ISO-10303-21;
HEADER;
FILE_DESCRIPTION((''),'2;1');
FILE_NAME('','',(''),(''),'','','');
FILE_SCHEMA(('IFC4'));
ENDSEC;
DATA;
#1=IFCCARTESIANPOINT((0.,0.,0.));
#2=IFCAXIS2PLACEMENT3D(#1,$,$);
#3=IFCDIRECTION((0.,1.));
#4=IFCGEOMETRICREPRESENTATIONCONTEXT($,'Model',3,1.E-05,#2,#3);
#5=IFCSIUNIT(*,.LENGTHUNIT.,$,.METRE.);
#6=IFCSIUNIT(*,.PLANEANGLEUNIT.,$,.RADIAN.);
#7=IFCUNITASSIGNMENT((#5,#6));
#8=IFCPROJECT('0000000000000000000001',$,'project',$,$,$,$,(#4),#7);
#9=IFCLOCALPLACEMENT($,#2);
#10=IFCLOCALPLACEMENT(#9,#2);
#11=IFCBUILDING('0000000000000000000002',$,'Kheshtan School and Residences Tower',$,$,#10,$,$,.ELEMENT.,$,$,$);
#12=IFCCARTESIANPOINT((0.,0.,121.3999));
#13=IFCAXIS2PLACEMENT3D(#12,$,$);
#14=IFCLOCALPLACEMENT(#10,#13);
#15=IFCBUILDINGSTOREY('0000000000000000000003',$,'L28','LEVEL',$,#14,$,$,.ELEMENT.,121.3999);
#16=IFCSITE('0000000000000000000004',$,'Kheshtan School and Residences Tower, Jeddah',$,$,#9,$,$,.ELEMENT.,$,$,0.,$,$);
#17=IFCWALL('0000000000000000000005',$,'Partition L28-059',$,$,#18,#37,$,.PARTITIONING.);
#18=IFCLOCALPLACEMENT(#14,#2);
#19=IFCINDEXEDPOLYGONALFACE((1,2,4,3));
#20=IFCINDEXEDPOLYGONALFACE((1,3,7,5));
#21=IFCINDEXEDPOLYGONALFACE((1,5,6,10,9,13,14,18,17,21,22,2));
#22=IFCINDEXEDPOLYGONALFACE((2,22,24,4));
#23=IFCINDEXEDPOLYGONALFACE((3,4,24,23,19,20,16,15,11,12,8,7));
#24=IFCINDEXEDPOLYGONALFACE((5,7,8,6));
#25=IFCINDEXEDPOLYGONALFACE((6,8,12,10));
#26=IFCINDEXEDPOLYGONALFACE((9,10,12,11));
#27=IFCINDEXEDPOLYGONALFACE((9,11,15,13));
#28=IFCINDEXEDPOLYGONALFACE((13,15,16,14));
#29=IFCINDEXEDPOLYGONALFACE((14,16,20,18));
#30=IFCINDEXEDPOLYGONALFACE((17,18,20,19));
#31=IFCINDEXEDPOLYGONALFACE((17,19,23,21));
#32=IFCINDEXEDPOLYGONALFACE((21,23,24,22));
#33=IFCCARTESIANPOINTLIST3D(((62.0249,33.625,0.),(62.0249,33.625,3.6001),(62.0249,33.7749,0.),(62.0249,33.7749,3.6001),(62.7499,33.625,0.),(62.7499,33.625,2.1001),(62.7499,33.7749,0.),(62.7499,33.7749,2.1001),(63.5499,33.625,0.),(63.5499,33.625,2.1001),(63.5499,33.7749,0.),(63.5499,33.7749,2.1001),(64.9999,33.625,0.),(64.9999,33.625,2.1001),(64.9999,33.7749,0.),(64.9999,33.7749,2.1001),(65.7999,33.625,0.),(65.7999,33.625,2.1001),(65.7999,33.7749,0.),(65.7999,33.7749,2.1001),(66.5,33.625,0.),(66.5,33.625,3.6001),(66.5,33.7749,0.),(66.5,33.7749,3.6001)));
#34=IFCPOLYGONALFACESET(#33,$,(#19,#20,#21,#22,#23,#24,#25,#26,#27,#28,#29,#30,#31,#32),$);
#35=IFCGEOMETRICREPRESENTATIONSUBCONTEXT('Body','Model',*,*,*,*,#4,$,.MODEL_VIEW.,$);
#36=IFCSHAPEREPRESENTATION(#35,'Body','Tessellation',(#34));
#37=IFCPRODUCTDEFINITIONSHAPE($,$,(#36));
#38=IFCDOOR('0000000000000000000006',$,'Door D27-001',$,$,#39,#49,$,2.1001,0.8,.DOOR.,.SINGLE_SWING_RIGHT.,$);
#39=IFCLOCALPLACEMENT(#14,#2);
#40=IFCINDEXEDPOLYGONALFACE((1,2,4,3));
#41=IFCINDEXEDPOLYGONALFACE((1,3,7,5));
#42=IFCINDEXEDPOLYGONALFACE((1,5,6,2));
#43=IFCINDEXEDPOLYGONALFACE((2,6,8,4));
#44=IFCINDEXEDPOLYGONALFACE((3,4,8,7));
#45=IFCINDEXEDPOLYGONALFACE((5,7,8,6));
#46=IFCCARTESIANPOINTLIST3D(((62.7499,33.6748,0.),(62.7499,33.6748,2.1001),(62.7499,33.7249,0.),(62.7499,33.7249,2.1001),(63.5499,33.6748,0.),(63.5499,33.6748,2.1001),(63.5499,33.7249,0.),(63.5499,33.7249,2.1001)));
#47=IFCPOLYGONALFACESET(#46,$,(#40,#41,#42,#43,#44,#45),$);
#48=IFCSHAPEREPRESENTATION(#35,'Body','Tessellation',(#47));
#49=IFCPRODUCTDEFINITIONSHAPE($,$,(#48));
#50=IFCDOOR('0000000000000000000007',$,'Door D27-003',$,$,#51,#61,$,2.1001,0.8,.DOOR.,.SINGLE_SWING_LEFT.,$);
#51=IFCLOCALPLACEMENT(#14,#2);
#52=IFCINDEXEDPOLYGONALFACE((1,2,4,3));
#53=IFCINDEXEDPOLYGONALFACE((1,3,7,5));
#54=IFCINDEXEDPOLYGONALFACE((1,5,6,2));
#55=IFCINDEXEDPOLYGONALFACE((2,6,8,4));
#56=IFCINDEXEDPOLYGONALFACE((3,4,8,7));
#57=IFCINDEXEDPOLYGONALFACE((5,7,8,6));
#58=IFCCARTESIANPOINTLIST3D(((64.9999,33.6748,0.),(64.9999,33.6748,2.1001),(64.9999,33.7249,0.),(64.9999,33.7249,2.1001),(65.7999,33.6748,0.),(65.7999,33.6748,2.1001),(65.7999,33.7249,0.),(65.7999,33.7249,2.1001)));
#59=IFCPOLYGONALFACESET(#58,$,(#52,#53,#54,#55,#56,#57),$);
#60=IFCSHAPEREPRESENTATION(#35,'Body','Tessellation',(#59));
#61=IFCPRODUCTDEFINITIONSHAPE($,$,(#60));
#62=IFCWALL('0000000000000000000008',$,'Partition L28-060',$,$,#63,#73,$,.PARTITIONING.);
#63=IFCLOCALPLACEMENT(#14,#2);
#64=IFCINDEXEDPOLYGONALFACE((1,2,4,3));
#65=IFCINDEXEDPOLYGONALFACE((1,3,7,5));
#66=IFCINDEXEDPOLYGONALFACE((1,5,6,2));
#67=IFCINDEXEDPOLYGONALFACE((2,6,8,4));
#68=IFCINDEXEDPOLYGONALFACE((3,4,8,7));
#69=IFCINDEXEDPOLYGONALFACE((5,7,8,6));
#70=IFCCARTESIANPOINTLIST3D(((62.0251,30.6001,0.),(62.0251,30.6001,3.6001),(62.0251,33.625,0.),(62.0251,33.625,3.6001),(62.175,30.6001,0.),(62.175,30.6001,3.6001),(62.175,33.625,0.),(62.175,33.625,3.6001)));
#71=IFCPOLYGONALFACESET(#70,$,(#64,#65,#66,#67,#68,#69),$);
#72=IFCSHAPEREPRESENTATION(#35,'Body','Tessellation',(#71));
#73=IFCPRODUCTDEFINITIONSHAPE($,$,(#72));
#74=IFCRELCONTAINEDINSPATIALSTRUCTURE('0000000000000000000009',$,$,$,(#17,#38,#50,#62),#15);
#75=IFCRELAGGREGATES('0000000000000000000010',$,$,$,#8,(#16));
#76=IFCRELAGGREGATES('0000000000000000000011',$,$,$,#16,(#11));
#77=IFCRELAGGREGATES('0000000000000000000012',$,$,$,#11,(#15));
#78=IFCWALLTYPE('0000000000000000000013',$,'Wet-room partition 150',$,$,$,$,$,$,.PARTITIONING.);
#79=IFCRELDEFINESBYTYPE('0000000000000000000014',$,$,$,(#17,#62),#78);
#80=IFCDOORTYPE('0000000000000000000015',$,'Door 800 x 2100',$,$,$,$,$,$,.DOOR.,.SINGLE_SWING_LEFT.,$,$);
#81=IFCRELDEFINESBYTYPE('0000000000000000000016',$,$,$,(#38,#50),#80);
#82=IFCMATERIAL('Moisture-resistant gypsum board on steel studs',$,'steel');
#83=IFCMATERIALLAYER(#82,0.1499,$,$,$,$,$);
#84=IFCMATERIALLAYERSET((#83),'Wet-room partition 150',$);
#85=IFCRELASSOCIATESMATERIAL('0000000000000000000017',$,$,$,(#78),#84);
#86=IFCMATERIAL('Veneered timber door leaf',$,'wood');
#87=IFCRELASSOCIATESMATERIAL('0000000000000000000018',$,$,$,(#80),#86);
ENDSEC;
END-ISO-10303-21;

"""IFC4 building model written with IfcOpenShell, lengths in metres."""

from ifc_helpers import new_model, si_unit, direction, frame, frame_2d, origin, place, context, subcontext, project, spatial, rectangle, extrude, source, transform, mapped, material, layer, layer_set, type_object, element, fill, save


model = new_model("IFC4")

# Units and contexts
model_context = context("Model", 3, precision=1e-05, world=origin(), true_north=direction((0.0, 1.0)))
body_context = subcontext(model_context, "Body", "Model", "MODEL_VIEW")
ifc_project = project(units=[si_unit("LENGTHUNIT", "METRE"), si_unit("PLANEANGLEUNIT", "RADIAN")], contexts=[model_context])

# Site, building, storey
site_placement = place(None, origin())
site = spatial("IfcSite", under=ifc_project, at=site_placement, Name="Kheshtan School and Residences Tower, Jeddah", CompositionType="ELEMENT", RefElevation=0.0)
building_placement = place(site_placement, origin())
building = spatial("IfcBuilding", under=site, at=building_placement, Name="Kheshtan School and Residences Tower", CompositionType="ELEMENT")
storey_placement = place(building_placement, frame((0.0, 0.0, 121.3999)))
storey = spatial("IfcBuildingStorey", under=building, at=storey_placement, Name="L28", Description="LEVEL", CompositionType="ELEMENT", Elevation=121.3999)

# Shared definitions
ifc_material_1 = material(Name="Moisture-resistant gypsum board on steel studs", Category="steel")
ifc_layer_1 = layer(ifc_material_1, 0.1499)
ifc_layer_set_1 = layer_set([ifc_layer_1], Name="Wet-room partition 150")
wall_type_1 = type_object("IfcWallType", Name="Wet-room partition 150", PredefinedType="PARTITIONING", material=ifc_layer_set_1)
ifc_material_2 = material(Name="Veneered timber door leaf", Category="wood")
door_type_1 = type_object("IfcDoorType", Name="Door 800 x 2100", OperationType="SINGLE_SWING_LEFT", PredefinedType="DOOR", material=ifc_material_2)
shared_shape_1 = source(origin(), body_context, "Body", "SweptSolid", [
    extrude(rectangle(XDim=0.8, YDim=2.1001, at=frame_2d((0.3999, 1.05))), frame((0.0, 0.0249, 0.0), z_axis=(0.0, -1.0, 0.0), x_axis=(1.0, 0.0, 0.0)), (0.0, 0.0, 1.0), 0.05),
])

# Wall, openings, doors
wall_1_placement = place(storey_placement, frame((62.0249, 33.7, 0.0), z_axis=(0.0, 0.0, 1.0), x_axis=(1.0, 0.0, 0.0)))
wall_1 = element("IfcWall", 1, at=wall_1_placement, inside=storey, type_object=wall_type_1, Name="Partition L28-059", PredefinedType="PARTITIONING", context=body_context, shape_type="SweptSolid", body=[
    extrude(rectangle(XDim=4.4751, YDim=0.1499, at=frame_2d((2.2375, 0.0))), origin(), (0.0, 0.0, 1.0), 3.6001),
])
opening_1_placement = place(wall_1_placement, frame((0.7251, 0.0, 0.0)))
opening_1 = element("IfcOpeningElement", 2, at=opening_1_placement, cuts=wall_1, PredefinedType="OPENING", context=body_context, shape_type="SweptSolid", body=[
    extrude(rectangle(XDim=0.8, YDim=2.1001, at=frame_2d((0.3999, 1.05))), frame((0.0, 0.085, 0.0), z_axis=(0.0, -1.0, 0.0), x_axis=(1.0, 0.0, 0.0)), (0.0, 0.0, 1.0), 0.1699),
])
opening_2_placement = place(wall_1_placement, frame((2.9751, 0.0, 0.0)))
opening_2 = element("IfcOpeningElement", 3, at=opening_2_placement, cuts=wall_1, PredefinedType="OPENING", context=body_context, shape_type="SweptSolid", body=[
    extrude(rectangle(XDim=0.8, YDim=2.1001, at=frame_2d((0.3999, 1.05))), frame((0.0, 0.085, 0.0), z_axis=(0.0, -1.0, 0.0), x_axis=(1.0, 0.0, 0.0)), (0.0, 0.0, 1.0), 0.1699),
])
door_1_placement = place(opening_1_placement, origin())
door_1 = element("IfcDoor", 4, at=door_1_placement, inside=storey, type_object=door_type_1, Name="Door D27-001", OperationType="SINGLE_SWING_RIGHT", OverallHeight=2.1001, OverallWidth=0.8, PredefinedType="DOOR", context=body_context, shape_type="MappedRepresentation", body=[
    mapped(shared_shape_1, transform((0.0, 0.0, 0.0), x_axis=(1.0, 0.0, 0.0), y_axis=(0.0, 1.0, 0.0), z_axis=(0.0, 0.0, 1.0), scale=1.0)),
])
fill(opening_1, door_1)
door_2_placement = place(opening_2_placement, origin())
door_2 = element("IfcDoor", 5, at=door_2_placement, inside=storey, type_object=door_type_1, Name="Door D27-003", OperationType="SINGLE_SWING_LEFT", OverallHeight=2.1001, OverallWidth=0.8, PredefinedType="DOOR", context=body_context, shape_type="MappedRepresentation", body=[
    mapped(shared_shape_1, transform((0.0, 0.0, 0.0), x_axis=(1.0, 0.0, 0.0), y_axis=(0.0, 1.0, 0.0), z_axis=(0.0, 0.0, 1.0), scale=1.0)),
])
fill(opening_2, door_2)

# Wall
wall_2_placement = place(storey_placement, frame((62.1001, 30.6001, 0.0), z_axis=(0.0, 0.0, 1.0), x_axis=(0.0, 1.0, 0.0)))
element("IfcWall", 6, at=wall_2_placement, inside=storey, type_object=wall_type_1, Name="Partition L28-060", PredefinedType="PARTITIONING", context=body_context, shape_type="SweptSolid", body=[
    extrude(rectangle(XDim=3.0249, YDim=0.1499, at=frame_2d((1.5125, 0.0))), origin(), (0.0, 0.0, 1.0), 3.6001),
])

save(model, "model.ifc")
